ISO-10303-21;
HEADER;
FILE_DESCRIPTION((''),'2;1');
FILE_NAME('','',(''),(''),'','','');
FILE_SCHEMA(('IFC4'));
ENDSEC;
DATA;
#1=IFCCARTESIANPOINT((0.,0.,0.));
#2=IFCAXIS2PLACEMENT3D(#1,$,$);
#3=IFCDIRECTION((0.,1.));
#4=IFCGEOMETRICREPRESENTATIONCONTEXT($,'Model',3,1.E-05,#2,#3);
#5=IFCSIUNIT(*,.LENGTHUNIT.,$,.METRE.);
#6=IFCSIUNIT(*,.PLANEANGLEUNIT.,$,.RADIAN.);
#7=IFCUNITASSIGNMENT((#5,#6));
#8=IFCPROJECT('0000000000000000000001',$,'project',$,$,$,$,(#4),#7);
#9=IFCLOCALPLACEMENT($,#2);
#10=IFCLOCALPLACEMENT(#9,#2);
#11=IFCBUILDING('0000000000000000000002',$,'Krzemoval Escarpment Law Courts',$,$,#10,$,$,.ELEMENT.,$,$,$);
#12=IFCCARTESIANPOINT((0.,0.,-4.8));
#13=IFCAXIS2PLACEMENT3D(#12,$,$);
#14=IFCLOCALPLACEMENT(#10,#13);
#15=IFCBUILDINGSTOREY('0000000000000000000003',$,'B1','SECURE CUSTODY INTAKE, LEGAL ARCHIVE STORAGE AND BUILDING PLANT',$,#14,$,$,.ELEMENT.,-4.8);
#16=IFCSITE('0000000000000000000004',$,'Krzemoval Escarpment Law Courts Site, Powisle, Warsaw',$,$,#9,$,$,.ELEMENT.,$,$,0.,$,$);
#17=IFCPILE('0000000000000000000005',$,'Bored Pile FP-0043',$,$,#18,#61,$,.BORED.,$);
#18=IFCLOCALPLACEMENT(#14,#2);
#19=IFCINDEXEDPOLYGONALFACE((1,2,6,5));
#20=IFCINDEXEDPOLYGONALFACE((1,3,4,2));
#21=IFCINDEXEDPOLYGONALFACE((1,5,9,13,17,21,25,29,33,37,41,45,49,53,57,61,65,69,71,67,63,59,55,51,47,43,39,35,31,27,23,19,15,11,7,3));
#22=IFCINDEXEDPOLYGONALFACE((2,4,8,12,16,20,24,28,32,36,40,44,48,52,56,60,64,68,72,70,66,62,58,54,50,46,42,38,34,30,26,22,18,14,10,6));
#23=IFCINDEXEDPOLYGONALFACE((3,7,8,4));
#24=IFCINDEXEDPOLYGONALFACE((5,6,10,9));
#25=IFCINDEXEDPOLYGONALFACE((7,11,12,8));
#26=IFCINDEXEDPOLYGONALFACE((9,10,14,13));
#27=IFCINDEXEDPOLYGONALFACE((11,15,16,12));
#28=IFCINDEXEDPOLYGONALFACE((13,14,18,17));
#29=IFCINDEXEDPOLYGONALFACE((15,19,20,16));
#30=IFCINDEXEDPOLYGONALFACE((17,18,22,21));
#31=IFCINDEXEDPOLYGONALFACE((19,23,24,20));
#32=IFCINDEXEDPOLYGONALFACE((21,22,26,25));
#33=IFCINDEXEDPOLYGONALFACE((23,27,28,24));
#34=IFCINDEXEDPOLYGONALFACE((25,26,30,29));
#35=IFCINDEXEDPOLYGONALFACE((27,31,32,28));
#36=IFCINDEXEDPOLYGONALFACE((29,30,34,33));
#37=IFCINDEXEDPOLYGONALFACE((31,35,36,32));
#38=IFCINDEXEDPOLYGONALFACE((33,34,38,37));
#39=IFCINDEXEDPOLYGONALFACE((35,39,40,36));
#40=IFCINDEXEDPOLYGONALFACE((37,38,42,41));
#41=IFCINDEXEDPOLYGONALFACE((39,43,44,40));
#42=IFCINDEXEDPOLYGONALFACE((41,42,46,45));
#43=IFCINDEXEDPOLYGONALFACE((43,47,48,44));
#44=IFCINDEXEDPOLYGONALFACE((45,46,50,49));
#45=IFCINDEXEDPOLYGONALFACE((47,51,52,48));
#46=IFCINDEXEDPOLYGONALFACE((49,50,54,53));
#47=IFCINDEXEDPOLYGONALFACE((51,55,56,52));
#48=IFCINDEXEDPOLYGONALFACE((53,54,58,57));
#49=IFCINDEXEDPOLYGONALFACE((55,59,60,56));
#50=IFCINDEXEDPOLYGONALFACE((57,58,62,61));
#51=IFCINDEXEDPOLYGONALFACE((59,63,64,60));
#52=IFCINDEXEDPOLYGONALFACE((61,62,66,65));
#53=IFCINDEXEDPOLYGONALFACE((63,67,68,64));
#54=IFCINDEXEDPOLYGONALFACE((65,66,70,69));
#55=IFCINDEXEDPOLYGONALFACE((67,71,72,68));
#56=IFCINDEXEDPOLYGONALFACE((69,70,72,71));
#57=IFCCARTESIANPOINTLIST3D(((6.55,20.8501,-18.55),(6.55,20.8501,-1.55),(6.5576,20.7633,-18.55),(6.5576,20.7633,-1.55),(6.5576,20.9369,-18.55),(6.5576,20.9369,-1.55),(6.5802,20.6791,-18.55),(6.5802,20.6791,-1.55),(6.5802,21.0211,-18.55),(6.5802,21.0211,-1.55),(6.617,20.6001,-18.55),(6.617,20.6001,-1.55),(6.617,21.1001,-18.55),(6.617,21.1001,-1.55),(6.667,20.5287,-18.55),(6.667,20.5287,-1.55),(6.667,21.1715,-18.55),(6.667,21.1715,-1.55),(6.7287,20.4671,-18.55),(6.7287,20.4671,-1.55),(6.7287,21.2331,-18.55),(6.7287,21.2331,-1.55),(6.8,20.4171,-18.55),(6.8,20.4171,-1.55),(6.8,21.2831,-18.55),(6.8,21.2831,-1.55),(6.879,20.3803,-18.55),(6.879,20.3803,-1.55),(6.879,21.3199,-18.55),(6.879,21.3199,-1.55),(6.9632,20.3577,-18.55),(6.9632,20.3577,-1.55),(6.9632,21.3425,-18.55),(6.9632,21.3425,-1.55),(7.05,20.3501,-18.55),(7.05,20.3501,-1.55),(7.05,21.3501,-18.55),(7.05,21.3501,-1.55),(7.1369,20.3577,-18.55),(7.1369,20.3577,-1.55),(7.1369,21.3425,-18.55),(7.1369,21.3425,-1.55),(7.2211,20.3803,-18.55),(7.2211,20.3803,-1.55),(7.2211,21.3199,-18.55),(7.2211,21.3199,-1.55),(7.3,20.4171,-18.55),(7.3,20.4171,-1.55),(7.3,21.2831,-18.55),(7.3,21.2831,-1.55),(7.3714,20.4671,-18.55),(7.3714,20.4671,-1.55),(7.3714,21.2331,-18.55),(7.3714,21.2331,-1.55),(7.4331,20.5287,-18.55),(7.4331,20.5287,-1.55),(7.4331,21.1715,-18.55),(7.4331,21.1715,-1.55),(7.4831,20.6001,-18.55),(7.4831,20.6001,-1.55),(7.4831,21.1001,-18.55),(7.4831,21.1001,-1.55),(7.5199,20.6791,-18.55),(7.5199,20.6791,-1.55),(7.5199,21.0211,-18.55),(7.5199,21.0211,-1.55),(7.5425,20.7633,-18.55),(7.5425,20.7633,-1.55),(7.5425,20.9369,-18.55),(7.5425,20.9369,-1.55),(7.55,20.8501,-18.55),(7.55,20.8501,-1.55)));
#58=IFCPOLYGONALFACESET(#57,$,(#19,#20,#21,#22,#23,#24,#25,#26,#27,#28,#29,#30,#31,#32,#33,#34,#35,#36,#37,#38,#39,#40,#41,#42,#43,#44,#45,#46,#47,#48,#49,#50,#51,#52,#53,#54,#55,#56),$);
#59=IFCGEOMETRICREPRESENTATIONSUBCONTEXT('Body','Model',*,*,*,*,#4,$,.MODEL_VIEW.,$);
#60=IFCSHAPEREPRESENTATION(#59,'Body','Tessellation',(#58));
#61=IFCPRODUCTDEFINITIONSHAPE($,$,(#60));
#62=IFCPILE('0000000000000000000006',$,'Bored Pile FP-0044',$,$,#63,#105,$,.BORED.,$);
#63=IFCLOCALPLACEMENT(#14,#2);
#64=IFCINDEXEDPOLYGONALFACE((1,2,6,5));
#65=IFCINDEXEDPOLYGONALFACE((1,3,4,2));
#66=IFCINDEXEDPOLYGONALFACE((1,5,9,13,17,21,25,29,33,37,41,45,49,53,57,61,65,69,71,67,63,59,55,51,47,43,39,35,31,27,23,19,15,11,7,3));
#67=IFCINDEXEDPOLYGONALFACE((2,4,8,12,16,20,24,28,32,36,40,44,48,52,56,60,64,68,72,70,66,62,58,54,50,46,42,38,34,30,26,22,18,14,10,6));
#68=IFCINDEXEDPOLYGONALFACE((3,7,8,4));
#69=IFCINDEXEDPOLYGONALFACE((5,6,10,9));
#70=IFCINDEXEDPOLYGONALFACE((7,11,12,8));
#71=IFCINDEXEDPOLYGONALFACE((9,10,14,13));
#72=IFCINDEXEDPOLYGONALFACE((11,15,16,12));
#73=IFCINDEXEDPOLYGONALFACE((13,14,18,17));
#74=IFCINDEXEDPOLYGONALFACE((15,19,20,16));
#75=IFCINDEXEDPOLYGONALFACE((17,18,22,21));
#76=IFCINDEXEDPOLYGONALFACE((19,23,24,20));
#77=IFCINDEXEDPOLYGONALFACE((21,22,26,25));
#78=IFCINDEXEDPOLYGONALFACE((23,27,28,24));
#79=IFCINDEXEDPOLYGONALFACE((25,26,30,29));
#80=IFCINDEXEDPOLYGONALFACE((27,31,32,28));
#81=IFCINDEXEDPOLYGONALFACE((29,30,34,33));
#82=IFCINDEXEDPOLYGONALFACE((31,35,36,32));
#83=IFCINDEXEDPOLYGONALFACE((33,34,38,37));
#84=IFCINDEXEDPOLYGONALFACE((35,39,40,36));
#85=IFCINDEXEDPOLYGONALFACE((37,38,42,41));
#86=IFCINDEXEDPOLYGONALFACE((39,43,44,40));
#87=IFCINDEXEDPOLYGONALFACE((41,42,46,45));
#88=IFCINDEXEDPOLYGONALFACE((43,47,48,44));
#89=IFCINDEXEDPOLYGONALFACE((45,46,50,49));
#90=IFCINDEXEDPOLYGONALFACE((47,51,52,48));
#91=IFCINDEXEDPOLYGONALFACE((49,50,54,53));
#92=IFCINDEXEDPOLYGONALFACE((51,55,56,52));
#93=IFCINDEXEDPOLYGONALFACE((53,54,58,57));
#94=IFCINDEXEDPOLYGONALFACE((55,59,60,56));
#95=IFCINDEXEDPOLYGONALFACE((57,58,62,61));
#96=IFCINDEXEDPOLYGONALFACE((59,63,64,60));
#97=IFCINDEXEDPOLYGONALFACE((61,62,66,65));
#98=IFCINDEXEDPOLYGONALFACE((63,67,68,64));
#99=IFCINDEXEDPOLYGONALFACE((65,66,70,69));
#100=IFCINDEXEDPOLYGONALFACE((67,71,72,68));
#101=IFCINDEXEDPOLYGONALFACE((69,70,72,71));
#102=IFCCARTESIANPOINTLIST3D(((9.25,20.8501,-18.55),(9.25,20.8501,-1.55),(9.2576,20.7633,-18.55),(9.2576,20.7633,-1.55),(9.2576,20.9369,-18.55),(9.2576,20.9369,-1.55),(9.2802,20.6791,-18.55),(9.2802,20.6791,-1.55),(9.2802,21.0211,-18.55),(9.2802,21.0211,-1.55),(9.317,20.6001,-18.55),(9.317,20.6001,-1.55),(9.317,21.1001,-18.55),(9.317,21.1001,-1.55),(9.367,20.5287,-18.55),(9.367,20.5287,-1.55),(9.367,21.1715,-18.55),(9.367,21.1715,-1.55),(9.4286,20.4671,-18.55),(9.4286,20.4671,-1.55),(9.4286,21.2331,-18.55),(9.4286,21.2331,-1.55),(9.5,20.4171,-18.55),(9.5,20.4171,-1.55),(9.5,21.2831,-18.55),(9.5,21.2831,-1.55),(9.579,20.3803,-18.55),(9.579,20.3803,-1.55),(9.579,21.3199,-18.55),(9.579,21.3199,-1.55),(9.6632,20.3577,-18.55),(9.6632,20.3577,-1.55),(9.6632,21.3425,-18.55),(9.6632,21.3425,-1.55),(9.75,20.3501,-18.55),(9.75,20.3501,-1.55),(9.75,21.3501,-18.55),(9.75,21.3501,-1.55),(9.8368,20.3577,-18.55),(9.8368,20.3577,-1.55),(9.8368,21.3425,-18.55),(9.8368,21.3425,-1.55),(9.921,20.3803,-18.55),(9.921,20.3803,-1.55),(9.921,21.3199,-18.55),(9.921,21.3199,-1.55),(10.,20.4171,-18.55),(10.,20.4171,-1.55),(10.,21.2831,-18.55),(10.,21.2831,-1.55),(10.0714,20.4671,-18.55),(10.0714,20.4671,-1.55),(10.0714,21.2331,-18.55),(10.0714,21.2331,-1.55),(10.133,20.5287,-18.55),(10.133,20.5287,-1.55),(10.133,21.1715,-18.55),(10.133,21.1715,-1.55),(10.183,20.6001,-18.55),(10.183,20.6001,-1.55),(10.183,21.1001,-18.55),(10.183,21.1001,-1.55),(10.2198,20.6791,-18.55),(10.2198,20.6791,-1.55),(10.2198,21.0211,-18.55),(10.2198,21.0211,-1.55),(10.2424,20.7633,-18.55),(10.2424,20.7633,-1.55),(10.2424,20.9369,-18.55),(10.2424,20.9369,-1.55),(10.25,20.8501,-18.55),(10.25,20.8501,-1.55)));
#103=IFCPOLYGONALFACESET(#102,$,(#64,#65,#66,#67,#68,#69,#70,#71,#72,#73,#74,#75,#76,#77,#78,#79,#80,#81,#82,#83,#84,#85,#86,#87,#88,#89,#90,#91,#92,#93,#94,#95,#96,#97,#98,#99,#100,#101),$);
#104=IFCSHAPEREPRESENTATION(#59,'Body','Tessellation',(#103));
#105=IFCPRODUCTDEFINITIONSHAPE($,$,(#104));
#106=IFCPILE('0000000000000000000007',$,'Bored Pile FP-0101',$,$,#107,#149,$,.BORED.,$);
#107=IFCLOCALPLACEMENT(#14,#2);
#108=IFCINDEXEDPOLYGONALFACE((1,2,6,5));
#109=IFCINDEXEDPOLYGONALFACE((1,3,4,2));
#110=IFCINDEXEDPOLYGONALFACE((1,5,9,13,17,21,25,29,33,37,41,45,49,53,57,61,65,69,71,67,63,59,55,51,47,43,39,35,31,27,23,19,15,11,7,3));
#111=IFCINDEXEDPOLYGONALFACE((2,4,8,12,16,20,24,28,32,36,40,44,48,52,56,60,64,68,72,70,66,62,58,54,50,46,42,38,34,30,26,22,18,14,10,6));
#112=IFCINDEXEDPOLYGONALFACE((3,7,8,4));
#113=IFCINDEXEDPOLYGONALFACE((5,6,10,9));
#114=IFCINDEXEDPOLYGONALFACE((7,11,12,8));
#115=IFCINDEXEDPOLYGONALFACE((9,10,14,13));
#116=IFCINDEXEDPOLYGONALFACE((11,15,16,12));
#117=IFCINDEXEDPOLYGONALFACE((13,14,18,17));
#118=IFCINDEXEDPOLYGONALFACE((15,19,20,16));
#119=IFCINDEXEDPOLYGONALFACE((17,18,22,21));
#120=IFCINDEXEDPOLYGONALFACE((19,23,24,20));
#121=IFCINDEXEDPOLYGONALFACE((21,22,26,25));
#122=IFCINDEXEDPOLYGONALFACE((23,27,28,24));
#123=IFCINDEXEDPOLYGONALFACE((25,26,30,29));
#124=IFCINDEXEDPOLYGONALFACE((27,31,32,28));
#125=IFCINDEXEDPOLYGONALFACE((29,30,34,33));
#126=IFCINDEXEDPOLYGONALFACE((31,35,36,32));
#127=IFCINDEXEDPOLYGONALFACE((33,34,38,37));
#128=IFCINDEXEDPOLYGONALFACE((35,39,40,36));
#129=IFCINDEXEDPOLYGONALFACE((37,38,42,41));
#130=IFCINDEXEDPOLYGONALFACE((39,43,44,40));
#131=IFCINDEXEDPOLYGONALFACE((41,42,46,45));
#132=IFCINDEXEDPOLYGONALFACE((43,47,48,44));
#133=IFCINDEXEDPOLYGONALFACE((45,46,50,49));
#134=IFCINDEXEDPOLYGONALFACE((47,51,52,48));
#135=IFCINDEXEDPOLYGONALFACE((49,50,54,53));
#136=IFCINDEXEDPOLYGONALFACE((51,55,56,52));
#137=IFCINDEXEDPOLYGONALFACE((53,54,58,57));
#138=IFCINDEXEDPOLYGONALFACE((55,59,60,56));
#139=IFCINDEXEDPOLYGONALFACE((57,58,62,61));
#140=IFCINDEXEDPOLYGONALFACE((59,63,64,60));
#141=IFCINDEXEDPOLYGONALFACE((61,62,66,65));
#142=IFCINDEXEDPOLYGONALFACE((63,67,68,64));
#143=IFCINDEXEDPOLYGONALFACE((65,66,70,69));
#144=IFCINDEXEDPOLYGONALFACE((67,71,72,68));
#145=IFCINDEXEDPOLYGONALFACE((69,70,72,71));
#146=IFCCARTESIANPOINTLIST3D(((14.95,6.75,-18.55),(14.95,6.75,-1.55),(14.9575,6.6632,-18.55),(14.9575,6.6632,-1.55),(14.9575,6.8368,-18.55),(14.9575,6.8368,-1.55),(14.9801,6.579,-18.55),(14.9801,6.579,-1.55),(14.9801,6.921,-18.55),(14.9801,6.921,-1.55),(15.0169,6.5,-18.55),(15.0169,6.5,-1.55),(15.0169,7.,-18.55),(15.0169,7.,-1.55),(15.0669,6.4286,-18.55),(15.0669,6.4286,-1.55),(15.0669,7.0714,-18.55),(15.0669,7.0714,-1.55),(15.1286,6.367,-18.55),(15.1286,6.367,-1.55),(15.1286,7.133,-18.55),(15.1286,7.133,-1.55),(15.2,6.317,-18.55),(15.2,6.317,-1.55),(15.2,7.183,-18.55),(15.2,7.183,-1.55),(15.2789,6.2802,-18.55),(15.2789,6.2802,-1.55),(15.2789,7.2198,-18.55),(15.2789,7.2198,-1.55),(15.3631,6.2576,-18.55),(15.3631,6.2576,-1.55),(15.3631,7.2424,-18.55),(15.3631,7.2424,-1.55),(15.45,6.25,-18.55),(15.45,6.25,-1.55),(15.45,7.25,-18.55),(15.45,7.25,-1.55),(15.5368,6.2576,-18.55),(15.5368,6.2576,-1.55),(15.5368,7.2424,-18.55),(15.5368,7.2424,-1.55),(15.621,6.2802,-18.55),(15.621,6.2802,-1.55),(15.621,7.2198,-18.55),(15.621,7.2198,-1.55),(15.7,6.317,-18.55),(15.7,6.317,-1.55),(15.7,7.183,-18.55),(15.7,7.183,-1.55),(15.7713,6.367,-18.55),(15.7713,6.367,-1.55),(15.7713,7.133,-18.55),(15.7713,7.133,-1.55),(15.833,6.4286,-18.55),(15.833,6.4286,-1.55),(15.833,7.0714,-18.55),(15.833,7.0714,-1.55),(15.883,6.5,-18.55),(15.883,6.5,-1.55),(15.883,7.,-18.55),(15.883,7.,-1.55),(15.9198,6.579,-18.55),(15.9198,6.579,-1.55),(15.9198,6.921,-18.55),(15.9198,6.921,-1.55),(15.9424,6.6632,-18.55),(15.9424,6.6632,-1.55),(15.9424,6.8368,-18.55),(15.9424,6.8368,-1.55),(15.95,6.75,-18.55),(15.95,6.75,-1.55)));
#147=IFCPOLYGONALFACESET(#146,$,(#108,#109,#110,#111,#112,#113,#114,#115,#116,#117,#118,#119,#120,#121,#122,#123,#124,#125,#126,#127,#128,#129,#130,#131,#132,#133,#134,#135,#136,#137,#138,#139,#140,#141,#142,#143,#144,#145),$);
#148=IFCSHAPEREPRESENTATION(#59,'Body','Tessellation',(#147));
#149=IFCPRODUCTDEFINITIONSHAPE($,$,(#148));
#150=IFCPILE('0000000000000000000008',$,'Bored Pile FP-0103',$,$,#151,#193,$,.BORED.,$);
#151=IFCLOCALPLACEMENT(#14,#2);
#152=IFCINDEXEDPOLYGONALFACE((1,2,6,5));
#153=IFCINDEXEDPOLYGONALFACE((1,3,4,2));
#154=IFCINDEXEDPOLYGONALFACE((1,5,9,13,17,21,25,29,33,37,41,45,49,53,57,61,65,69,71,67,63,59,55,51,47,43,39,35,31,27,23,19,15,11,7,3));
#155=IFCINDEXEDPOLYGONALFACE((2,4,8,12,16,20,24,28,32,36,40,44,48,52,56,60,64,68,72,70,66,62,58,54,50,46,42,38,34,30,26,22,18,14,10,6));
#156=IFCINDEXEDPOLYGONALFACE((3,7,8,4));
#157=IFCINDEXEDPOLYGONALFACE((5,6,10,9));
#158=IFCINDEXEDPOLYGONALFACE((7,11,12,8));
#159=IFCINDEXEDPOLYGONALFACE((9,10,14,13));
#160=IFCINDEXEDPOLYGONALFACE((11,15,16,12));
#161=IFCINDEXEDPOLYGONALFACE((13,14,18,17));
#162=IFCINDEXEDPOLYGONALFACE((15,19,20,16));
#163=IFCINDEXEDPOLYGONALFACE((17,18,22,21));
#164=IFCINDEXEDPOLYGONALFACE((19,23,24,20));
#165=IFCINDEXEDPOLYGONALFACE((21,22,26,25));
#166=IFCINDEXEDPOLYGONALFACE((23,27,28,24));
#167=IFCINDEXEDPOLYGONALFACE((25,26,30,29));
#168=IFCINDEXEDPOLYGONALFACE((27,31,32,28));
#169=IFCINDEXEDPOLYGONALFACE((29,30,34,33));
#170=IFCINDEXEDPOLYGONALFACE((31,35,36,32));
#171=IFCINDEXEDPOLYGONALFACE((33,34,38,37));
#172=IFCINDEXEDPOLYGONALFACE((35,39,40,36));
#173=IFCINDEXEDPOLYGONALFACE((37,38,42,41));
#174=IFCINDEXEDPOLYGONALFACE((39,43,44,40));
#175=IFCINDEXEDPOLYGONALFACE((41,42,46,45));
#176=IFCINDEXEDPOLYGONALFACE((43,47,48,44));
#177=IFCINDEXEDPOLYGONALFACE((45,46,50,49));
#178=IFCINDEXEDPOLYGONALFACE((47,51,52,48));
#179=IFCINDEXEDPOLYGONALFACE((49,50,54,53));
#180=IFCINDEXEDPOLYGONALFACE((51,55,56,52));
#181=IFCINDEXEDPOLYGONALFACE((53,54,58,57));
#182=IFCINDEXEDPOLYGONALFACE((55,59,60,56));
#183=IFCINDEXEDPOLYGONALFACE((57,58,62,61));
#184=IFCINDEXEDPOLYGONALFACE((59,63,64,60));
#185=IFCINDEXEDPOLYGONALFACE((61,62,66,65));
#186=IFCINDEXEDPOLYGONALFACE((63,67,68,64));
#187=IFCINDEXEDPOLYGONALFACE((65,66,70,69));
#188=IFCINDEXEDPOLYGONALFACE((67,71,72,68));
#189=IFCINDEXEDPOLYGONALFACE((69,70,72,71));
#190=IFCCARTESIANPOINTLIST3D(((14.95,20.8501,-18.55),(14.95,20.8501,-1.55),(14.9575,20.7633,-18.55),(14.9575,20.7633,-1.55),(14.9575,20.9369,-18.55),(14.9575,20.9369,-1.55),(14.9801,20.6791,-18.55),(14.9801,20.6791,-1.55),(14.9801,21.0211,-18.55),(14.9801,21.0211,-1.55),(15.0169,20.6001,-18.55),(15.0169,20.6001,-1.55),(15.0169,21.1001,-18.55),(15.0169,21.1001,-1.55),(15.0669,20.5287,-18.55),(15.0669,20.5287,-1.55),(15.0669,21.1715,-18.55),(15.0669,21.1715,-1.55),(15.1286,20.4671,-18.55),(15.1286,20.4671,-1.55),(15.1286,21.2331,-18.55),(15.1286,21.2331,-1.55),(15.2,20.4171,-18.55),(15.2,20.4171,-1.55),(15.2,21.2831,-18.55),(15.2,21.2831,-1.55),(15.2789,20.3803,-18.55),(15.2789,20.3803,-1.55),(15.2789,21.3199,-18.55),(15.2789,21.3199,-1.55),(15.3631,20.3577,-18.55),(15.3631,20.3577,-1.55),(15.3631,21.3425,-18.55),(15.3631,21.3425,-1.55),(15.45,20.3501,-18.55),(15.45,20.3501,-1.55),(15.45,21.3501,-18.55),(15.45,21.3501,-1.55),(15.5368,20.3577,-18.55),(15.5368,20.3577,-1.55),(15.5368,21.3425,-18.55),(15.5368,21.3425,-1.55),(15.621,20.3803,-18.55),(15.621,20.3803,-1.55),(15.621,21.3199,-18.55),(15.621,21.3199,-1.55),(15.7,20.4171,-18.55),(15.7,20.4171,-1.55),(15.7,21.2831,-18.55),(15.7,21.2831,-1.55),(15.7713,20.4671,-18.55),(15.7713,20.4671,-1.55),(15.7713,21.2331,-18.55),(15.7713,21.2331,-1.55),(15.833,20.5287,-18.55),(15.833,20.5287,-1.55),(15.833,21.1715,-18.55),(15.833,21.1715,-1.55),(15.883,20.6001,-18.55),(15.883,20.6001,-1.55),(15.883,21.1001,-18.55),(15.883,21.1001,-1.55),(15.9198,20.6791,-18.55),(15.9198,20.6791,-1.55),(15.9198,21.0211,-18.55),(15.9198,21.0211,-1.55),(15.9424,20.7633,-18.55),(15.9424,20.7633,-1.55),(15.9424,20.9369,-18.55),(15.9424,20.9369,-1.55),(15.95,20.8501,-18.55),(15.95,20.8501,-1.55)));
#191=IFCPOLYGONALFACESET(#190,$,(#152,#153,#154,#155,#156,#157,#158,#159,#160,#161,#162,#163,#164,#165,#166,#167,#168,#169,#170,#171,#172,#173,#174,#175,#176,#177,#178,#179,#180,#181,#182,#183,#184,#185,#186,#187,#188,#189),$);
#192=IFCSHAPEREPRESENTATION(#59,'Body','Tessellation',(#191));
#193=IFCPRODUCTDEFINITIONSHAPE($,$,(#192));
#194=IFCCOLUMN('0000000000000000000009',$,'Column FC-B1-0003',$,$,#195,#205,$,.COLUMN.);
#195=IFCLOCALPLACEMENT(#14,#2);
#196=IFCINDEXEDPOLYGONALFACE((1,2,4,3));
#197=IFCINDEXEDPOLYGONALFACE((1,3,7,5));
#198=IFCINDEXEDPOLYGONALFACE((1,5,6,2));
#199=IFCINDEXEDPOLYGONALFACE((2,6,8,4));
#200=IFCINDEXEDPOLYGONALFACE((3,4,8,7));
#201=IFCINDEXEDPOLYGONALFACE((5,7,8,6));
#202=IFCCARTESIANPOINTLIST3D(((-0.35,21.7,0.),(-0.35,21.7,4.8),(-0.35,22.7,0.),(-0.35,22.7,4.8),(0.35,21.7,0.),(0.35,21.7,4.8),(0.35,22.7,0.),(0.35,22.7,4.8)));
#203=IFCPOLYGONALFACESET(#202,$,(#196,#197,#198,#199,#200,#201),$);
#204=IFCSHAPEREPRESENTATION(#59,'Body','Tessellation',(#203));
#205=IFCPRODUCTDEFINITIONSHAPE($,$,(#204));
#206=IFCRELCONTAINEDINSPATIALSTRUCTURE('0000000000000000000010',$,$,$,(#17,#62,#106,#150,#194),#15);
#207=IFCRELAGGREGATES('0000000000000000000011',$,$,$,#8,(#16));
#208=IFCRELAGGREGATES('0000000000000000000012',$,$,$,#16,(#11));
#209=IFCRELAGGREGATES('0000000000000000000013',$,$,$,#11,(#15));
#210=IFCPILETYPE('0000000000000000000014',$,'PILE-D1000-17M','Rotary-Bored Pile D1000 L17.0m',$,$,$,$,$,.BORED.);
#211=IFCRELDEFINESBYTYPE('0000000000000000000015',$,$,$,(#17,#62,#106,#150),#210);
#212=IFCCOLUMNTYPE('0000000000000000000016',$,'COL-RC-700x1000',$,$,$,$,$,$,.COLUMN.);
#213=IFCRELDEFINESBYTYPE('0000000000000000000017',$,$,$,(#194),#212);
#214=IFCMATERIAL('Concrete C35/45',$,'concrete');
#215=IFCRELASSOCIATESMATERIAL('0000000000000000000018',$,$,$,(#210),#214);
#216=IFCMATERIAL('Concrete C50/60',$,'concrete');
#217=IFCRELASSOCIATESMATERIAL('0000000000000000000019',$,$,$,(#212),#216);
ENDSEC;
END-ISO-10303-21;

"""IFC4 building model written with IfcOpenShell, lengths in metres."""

from ifc_helpers import new_model, si_unit, direction, frame, origin, origin_2d, place, context, subcontext, project, spatial, rectangle, circle, extrude, material, material_profile, profile_set, type_object, element, save


model = new_model("IFC4")

# Units and contexts
model_context = context("Model", 3, precision=1e-05, world=origin(), true_north=direction((0.0, 1.0)))
body_context = subcontext(model_context, "Body", "Model", "MODEL_VIEW")
ifc_project = project(units=[si_unit("LENGTHUNIT", "METRE"), si_unit("PLANEANGLEUNIT", "RADIAN")], contexts=[model_context])

# Site, building, storey
site_placement = place(None, origin())
site = spatial("IfcSite", under=ifc_project, at=site_placement, Name="Krzemoval Escarpment Law Courts Site, Powisle, Warsaw", CompositionType="ELEMENT", RefElevation=0.0)
building_placement = place(site_placement, origin())
building = spatial("IfcBuilding", under=site, at=building_placement, Name="Krzemoval Escarpment Law Courts", CompositionType="ELEMENT")
storey_placement = place(building_placement, frame((0.0, 0.0, -4.8)))
storey = spatial("IfcBuildingStorey", under=building, at=storey_placement, Name="B1", Description="SECURE CUSTODY INTAKE, LEGAL ARCHIVE STORAGE AND BUILDING PLANT", CompositionType="ELEMENT", Elevation=-4.8)

# Piles
ifc_material_1 = material(Name="Concrete C35/45", Category="concrete")
ifc_material_profile_1 = material_profile(ifc_material_1, circle(Radius=0.5, at=origin_2d()), Name="PILE D1000")
ifc_profile_set_1 = profile_set([ifc_material_profile_1], Name="Concrete C35/45")
pile_type = type_object("IfcPileType", Name="PILE-D1000-17M", Description="Rotary-Bored Pile D1000 L17.0m", PredefinedType="BORED", material=ifc_profile_set_1)
for number, where, z_axis, x_axis, name in (
    (1, (7.05, 20.8501, -1.55), (0.0, 0.0, -1.0), (1.0, 0.0, 0.0), "Bored Pile FP-0043"),
    (2, (9.75, 20.8501, -1.55), (0.0, 0.0, -1.0), (1.0, 0.0, 0.0), "Bored Pile FP-0044"),
    (3, (15.45, 6.75, -1.55), (0.0, 0.0, -1.0), (1.0, 0.0, 0.0), "Bored Pile FP-0101"),
    (4, (15.45, 20.8501, -1.55), (0.0, 0.0, -1.0), (1.0, 0.0, 0.0), "Bored Pile FP-0103"),
):
    element("IfcPile", number, at=place(storey_placement, frame(where, z_axis=z_axis, x_axis=x_axis)), inside=storey, type_object=pile_type, Name=name, PredefinedType="BORED", context=body_context, shape_type="SweptSolid", body=[
        extrude(circle(Radius=0.5, at=origin_2d()), origin(), (0.0, 0.0, 1.0), 17.0),
    ])

# Column
ifc_material_2 = material(Name="Concrete C50/60", Category="concrete")
ifc_material_profile_2 = material_profile(ifc_material_2, rectangle(XDim=0.7, YDim=1.0, at=origin_2d()), Name="RC 700x1000")
ifc_profile_set_2 = profile_set([ifc_material_profile_2], Name="Concrete C50/60")
column_type = type_object("IfcColumnType", Name="COL-RC-700x1000", PredefinedType="COLUMN", material=ifc_profile_set_2)
for number, where, z_axis, x_axis, name in (
    (5, (0.0, 22.2, 0.0), (0.0, 0.0, 1.0), (1.0, 0.0, 0.0), "Column FC-B1-0003"),
):
    element("IfcColumn", number, at=place(storey_placement, frame(where, z_axis=z_axis, x_axis=x_axis)), inside=storey, type_object=column_type, Name=name, PredefinedType="COLUMN", context=body_context, shape_type="SweptSolid", body=[
        extrude(rectangle(XDim=0.7, YDim=1.0, at=origin_2d()), origin(), (0.0, 0.0, 1.0), 4.8),
    ])

save(model, "model.ifc")
